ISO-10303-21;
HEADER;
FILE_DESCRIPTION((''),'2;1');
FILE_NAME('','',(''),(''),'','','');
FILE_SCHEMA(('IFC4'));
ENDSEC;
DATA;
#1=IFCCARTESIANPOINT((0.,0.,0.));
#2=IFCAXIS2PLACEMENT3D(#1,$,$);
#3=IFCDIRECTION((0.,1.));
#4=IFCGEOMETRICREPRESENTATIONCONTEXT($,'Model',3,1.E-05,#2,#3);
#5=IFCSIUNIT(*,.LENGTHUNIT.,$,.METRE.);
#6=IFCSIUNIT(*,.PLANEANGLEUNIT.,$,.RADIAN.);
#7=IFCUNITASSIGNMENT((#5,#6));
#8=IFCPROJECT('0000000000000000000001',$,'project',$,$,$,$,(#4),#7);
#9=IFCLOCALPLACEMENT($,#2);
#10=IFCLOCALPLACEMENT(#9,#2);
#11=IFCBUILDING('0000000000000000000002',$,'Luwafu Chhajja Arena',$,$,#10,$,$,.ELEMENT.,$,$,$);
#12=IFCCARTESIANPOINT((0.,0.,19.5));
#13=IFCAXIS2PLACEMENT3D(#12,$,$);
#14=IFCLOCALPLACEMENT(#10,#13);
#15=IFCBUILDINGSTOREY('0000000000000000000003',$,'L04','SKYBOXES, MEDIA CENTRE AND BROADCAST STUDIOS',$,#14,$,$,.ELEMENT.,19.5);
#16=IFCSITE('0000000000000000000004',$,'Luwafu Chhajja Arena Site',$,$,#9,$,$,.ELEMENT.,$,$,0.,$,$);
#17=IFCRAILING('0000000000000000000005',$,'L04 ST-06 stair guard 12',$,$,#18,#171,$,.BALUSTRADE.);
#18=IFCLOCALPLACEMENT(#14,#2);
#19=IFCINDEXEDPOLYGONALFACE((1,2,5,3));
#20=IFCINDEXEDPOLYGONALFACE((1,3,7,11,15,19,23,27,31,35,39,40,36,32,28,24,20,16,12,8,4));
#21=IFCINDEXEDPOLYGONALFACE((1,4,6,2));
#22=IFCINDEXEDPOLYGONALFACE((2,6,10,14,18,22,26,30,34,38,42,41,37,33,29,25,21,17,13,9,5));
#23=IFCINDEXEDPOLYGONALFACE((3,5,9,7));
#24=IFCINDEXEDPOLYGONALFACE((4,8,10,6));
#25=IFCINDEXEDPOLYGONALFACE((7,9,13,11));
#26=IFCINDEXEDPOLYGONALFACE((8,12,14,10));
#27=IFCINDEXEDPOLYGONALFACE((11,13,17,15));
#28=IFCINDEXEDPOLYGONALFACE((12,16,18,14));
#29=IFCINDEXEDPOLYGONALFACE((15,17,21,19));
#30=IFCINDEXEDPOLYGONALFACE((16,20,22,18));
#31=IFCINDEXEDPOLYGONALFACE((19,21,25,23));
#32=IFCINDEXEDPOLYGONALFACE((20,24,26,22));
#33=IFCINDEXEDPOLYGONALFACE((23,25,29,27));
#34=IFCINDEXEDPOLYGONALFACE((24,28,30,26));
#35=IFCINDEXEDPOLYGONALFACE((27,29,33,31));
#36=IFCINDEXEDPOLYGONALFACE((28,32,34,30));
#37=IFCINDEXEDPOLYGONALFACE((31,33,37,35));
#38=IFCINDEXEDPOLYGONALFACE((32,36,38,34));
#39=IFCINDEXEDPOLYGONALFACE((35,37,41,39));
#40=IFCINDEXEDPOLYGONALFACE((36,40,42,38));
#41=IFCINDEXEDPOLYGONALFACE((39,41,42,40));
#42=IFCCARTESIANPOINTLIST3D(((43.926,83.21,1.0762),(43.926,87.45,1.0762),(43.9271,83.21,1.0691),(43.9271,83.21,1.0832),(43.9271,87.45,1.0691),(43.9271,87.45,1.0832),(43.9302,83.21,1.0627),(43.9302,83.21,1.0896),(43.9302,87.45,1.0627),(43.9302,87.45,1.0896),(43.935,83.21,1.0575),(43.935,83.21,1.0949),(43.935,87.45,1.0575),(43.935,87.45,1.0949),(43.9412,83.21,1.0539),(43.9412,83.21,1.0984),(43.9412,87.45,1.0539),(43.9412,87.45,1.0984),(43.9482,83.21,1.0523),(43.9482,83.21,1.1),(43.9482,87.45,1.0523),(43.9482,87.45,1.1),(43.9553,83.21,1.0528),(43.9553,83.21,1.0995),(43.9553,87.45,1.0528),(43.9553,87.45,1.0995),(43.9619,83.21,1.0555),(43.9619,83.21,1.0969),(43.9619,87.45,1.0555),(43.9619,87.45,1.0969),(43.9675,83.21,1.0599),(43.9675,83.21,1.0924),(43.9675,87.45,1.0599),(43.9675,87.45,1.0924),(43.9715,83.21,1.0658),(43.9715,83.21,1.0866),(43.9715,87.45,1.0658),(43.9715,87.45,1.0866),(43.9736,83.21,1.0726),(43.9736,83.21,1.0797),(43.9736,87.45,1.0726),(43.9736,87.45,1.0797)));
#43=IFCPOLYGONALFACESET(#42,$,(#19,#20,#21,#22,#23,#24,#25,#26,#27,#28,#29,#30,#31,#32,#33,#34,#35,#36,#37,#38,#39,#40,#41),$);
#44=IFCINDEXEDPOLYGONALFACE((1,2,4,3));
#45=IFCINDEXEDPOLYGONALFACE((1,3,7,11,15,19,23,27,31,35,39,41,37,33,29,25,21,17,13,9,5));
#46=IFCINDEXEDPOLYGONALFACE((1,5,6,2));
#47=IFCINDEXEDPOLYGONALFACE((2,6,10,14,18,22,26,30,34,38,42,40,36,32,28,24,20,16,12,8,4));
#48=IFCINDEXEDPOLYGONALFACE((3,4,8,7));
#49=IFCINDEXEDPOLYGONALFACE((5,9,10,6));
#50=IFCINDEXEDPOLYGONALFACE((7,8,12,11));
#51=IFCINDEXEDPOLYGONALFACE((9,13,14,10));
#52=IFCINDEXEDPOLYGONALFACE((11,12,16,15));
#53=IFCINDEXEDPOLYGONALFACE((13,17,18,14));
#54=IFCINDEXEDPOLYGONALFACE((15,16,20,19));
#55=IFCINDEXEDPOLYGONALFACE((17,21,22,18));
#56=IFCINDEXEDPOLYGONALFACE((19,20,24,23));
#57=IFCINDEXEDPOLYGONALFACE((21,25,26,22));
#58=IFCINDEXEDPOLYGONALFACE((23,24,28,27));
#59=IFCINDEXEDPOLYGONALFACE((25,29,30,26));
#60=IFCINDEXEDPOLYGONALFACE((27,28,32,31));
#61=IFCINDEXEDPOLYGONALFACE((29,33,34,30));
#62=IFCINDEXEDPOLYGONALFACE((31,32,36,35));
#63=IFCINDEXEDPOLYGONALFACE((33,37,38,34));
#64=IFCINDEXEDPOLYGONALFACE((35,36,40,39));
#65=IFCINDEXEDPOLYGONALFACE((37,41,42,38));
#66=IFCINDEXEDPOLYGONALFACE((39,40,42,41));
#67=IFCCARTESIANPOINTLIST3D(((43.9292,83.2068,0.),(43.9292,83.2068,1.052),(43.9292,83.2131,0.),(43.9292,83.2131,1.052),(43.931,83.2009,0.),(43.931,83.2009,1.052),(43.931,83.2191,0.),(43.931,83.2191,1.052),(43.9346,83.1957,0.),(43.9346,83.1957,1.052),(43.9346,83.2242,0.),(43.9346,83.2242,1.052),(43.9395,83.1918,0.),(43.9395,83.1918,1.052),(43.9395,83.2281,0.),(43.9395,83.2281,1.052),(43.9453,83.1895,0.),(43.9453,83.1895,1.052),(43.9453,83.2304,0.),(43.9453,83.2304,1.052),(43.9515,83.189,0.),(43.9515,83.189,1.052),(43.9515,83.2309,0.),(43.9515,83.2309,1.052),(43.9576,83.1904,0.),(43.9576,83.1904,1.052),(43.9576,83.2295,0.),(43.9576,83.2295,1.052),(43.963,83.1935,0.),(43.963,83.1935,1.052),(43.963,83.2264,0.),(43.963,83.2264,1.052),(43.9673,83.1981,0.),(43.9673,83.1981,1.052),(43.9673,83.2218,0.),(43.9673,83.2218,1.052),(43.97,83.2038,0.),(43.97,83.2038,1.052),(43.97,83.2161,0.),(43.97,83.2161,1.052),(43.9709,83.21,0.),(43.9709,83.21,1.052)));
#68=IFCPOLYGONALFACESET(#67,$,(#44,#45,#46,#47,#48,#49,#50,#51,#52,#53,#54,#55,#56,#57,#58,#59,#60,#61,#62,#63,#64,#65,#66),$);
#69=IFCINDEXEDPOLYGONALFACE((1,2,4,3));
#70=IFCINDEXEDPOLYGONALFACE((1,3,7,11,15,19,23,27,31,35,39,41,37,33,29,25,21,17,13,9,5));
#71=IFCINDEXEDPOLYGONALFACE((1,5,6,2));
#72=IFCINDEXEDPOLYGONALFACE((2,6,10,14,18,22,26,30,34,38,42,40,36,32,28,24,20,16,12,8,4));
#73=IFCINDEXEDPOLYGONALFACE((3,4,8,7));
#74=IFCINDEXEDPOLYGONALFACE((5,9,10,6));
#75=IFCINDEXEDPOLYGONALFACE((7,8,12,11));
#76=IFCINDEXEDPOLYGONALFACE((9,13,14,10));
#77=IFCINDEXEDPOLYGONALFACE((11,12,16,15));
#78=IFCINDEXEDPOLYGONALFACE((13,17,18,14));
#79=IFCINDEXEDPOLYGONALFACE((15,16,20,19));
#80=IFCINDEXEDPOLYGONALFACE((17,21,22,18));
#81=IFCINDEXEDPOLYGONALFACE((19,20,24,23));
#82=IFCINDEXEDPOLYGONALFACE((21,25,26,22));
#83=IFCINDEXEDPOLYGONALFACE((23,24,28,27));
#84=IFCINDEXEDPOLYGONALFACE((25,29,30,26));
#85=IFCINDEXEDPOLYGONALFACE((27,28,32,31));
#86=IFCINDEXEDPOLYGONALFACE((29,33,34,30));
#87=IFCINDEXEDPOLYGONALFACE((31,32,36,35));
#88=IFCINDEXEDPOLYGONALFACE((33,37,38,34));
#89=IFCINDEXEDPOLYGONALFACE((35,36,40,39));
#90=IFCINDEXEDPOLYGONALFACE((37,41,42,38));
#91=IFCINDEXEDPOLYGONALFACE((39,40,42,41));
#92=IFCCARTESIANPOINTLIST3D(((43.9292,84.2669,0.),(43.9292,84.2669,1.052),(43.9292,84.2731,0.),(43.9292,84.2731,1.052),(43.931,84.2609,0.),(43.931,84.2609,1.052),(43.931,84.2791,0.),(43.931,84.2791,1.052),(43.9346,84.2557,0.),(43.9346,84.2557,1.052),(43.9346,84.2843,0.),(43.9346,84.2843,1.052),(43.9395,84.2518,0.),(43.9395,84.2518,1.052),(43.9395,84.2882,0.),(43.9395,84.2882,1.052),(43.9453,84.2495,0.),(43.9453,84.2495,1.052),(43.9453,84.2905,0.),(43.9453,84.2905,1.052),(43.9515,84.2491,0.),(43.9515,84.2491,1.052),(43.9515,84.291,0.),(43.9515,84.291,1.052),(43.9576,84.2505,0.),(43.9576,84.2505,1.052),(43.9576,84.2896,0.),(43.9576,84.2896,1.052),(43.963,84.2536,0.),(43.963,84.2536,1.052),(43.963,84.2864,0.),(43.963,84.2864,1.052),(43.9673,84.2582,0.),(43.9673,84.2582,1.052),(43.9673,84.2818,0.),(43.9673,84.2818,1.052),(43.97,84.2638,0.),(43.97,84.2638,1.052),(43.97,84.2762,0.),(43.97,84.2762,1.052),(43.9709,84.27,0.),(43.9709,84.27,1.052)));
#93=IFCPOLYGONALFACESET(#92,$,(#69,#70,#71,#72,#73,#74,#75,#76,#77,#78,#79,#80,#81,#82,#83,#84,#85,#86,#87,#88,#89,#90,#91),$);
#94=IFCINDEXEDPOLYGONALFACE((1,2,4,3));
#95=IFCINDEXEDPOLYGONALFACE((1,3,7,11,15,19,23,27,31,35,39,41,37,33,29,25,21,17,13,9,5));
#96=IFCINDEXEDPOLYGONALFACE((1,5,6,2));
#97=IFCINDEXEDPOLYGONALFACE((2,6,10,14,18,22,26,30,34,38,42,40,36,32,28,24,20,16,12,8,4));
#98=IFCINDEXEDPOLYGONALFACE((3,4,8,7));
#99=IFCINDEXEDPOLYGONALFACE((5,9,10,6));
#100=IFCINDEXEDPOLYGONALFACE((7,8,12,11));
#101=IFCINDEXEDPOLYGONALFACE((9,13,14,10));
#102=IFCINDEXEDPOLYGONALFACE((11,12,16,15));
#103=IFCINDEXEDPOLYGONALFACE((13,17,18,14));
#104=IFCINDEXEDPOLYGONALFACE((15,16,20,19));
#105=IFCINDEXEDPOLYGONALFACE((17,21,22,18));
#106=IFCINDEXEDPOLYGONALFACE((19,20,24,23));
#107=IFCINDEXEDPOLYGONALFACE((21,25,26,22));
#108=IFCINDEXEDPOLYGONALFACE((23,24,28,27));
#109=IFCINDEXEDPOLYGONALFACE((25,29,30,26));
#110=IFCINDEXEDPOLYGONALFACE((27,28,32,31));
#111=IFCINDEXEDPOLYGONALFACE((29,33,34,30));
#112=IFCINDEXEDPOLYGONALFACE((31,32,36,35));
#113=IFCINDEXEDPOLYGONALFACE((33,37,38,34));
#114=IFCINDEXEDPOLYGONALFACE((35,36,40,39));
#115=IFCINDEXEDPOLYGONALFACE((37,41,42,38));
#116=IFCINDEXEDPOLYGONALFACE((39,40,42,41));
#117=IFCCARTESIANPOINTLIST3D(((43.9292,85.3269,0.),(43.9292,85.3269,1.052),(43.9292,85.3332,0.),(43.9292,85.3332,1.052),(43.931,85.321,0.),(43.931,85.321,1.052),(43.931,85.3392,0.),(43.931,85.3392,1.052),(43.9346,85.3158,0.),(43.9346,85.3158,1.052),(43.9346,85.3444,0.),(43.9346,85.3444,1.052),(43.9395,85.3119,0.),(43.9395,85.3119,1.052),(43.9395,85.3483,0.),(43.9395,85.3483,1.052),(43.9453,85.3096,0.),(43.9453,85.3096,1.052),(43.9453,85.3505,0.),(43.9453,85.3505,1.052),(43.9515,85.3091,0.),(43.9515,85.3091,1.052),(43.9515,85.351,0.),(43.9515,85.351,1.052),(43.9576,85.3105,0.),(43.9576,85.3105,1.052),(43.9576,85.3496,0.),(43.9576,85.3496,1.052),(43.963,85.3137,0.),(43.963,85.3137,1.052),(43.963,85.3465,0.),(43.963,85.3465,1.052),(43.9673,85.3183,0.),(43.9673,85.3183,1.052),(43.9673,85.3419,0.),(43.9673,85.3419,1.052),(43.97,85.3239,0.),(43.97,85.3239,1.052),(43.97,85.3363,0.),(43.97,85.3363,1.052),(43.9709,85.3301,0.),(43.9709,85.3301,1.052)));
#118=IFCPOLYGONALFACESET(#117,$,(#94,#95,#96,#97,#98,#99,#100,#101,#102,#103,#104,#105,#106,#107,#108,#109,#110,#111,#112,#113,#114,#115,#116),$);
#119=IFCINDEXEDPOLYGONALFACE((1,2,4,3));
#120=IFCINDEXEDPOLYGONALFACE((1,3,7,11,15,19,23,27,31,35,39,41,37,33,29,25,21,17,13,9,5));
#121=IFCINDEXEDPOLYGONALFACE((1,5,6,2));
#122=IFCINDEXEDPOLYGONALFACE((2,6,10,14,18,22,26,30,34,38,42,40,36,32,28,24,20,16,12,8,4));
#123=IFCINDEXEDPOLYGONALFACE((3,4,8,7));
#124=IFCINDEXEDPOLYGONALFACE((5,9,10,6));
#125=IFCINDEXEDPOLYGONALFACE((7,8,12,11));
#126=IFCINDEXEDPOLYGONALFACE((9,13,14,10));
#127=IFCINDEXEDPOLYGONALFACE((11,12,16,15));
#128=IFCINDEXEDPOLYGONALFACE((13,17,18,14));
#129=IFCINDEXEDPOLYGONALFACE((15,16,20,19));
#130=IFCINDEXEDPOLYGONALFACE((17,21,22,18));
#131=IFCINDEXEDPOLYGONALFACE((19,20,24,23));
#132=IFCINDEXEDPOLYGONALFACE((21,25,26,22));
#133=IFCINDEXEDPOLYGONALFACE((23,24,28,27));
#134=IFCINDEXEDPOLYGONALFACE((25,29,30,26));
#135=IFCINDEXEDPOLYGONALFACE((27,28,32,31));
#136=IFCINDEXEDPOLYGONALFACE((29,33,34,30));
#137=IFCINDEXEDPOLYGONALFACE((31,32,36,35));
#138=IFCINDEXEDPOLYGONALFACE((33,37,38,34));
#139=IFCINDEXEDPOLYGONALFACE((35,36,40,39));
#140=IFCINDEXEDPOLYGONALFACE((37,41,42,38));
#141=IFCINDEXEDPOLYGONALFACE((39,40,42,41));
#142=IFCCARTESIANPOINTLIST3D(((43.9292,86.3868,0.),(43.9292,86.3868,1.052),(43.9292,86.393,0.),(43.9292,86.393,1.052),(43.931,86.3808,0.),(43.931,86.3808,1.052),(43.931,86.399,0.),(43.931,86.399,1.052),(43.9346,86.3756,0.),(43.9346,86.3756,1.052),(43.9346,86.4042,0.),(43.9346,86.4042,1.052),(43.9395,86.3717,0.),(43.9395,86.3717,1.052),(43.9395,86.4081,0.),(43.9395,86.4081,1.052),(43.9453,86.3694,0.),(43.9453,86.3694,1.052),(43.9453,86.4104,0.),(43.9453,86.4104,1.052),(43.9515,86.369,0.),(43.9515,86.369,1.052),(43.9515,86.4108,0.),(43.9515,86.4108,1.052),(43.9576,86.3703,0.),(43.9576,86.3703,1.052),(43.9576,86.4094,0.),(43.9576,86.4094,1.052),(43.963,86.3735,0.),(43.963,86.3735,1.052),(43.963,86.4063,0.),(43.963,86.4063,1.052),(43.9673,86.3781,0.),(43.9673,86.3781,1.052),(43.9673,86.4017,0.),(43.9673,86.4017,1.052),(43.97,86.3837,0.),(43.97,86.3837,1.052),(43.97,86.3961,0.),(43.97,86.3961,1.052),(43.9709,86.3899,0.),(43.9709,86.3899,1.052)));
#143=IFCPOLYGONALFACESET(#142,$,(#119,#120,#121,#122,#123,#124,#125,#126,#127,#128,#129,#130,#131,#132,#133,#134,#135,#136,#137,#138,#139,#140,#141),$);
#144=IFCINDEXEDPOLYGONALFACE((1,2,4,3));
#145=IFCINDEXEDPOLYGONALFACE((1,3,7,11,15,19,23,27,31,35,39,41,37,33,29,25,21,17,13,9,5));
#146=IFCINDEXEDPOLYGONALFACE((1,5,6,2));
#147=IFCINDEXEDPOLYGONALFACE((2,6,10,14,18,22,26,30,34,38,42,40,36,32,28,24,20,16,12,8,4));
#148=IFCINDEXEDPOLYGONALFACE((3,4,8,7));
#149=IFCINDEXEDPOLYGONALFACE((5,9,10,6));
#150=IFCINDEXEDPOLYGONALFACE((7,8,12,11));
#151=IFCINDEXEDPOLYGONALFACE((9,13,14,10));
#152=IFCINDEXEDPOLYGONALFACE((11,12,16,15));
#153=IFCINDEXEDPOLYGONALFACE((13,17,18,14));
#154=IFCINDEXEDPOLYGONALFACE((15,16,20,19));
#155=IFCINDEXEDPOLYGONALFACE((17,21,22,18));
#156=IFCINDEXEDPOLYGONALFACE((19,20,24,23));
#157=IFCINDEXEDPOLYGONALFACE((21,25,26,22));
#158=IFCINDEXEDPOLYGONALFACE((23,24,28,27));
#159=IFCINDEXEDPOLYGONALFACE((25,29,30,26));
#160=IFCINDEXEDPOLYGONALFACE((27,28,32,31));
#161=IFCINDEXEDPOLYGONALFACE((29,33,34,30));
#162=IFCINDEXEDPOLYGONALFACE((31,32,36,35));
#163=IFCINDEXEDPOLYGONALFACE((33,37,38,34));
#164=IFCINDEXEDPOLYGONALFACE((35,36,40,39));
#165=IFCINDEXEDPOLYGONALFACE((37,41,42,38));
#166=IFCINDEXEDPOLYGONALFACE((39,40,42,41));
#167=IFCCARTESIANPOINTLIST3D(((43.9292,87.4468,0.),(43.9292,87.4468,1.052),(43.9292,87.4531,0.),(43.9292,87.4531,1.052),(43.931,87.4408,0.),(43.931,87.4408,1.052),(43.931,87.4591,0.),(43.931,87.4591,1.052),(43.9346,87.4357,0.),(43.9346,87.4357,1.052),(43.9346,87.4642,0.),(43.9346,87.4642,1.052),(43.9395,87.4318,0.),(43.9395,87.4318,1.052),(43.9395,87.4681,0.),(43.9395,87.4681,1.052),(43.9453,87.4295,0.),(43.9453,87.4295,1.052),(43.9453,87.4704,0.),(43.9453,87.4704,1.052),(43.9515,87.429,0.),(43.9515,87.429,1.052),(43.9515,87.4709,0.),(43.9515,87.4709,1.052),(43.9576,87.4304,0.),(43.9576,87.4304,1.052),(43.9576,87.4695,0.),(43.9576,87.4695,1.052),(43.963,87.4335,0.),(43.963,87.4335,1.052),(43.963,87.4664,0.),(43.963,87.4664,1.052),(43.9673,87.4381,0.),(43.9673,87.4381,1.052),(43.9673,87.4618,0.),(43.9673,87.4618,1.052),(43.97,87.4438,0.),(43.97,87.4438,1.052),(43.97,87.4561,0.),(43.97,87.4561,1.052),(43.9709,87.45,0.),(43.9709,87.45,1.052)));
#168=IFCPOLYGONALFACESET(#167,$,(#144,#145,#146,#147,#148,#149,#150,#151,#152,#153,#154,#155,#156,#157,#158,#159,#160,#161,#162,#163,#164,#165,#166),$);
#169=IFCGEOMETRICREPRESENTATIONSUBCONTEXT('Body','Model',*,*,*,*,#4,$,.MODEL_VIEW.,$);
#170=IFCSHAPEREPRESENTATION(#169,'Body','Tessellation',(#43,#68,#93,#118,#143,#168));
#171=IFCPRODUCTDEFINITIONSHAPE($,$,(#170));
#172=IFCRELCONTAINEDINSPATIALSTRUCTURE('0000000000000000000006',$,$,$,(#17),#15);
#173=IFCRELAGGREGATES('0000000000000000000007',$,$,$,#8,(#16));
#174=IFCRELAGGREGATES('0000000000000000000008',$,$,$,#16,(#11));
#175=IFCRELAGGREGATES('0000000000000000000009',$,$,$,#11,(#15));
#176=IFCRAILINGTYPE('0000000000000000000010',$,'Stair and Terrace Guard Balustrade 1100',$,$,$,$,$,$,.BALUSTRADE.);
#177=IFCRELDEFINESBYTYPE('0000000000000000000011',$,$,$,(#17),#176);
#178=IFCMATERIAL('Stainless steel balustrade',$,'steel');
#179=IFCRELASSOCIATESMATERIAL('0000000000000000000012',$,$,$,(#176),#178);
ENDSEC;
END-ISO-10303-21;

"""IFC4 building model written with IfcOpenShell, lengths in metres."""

from ifc_helpers import new_model, si_unit, direction, frame, origin, origin_2d, place, context, subcontext, project, spatial, circle, extrude, material, type_object, element, save


model = new_model("IFC4")

# Units and contexts
model_context = context("Model", 3, precision=1e-05, world=origin(), true_north=direction((0.0, 1.0)))
body_context = subcontext(model_context, "Body", "Model", "MODEL_VIEW")
ifc_project = project(units=[si_unit("LENGTHUNIT", "METRE"), si_unit("PLANEANGLEUNIT", "RADIAN")], contexts=[model_context])

# Site, building, storey
site_placement = place(None, origin())
site = spatial("IfcSite", under=ifc_project, at=site_placement, Name="Luwafu Chhajja Arena Site", CompositionType="ELEMENT", RefElevation=0.0)
building_placement = place(site_placement, origin())
building = spatial("IfcBuilding", under=site, at=building_placement, Name="Luwafu Chhajja Arena", CompositionType="ELEMENT")
storey_placement = place(building_placement, frame((0.0, 0.0, 19.5)))
storey = spatial("IfcBuildingStorey", under=building, at=storey_placement, Name="L04", Description="SKYBOXES, MEDIA CENTRE AND BROADCAST STUDIOS", CompositionType="ELEMENT", Elevation=19.5)

# Railing
ifc_material_1 = material(Name="Stainless steel balustrade", Category="steel")
railing_type_1 = type_object("IfcRailingType", Name="Stair and Terrace Guard Balustrade 1100", PredefinedType="BALUSTRADE", material=ifc_material_1)
railing_1_placement = place(storey_placement, frame((43.95, 83.21, 0.0)))
element("IfcRailing", 1, at=railing_1_placement, inside=storey, type_object=railing_type_1, Name="L04 ST-06 stair guard 12", PredefinedType="BALUSTRADE", context=body_context, shape_type="SweptSolid", body=[
    extrude(circle(Radius=0.0239, at=origin_2d()), frame((0.0, 0.0, 1.0762), z_axis=(0.0, 1.0, 0.0), x_axis=(-1.0, 0.0, 0.0)), (0.0, 0.0, 1.0), 4.24),
    extrude(circle(Radius=0.021, at=origin_2d()), origin(), (0.0, 0.0, 1.0), 1.052),
    extrude(circle(Radius=0.021, at=origin_2d()), frame((0.0, 1.0601, 0.0)), (0.0, 0.0, 1.0), 1.052),
    extrude(circle(Radius=0.021, at=origin_2d()), frame((0.0, 2.1201, 0.0)), (0.0, 0.0, 1.0), 1.052),
    extrude(circle(Radius=0.021, at=origin_2d()), frame((0.0, 3.1799, 0.0)), (0.0, 0.0, 1.0), 1.052),
    extrude(circle(Radius=0.021, at=origin_2d()), frame((0.0, 4.24, 0.0)), (0.0, 0.0, 1.0), 1.052),
])

save(model, "model.ifc")
